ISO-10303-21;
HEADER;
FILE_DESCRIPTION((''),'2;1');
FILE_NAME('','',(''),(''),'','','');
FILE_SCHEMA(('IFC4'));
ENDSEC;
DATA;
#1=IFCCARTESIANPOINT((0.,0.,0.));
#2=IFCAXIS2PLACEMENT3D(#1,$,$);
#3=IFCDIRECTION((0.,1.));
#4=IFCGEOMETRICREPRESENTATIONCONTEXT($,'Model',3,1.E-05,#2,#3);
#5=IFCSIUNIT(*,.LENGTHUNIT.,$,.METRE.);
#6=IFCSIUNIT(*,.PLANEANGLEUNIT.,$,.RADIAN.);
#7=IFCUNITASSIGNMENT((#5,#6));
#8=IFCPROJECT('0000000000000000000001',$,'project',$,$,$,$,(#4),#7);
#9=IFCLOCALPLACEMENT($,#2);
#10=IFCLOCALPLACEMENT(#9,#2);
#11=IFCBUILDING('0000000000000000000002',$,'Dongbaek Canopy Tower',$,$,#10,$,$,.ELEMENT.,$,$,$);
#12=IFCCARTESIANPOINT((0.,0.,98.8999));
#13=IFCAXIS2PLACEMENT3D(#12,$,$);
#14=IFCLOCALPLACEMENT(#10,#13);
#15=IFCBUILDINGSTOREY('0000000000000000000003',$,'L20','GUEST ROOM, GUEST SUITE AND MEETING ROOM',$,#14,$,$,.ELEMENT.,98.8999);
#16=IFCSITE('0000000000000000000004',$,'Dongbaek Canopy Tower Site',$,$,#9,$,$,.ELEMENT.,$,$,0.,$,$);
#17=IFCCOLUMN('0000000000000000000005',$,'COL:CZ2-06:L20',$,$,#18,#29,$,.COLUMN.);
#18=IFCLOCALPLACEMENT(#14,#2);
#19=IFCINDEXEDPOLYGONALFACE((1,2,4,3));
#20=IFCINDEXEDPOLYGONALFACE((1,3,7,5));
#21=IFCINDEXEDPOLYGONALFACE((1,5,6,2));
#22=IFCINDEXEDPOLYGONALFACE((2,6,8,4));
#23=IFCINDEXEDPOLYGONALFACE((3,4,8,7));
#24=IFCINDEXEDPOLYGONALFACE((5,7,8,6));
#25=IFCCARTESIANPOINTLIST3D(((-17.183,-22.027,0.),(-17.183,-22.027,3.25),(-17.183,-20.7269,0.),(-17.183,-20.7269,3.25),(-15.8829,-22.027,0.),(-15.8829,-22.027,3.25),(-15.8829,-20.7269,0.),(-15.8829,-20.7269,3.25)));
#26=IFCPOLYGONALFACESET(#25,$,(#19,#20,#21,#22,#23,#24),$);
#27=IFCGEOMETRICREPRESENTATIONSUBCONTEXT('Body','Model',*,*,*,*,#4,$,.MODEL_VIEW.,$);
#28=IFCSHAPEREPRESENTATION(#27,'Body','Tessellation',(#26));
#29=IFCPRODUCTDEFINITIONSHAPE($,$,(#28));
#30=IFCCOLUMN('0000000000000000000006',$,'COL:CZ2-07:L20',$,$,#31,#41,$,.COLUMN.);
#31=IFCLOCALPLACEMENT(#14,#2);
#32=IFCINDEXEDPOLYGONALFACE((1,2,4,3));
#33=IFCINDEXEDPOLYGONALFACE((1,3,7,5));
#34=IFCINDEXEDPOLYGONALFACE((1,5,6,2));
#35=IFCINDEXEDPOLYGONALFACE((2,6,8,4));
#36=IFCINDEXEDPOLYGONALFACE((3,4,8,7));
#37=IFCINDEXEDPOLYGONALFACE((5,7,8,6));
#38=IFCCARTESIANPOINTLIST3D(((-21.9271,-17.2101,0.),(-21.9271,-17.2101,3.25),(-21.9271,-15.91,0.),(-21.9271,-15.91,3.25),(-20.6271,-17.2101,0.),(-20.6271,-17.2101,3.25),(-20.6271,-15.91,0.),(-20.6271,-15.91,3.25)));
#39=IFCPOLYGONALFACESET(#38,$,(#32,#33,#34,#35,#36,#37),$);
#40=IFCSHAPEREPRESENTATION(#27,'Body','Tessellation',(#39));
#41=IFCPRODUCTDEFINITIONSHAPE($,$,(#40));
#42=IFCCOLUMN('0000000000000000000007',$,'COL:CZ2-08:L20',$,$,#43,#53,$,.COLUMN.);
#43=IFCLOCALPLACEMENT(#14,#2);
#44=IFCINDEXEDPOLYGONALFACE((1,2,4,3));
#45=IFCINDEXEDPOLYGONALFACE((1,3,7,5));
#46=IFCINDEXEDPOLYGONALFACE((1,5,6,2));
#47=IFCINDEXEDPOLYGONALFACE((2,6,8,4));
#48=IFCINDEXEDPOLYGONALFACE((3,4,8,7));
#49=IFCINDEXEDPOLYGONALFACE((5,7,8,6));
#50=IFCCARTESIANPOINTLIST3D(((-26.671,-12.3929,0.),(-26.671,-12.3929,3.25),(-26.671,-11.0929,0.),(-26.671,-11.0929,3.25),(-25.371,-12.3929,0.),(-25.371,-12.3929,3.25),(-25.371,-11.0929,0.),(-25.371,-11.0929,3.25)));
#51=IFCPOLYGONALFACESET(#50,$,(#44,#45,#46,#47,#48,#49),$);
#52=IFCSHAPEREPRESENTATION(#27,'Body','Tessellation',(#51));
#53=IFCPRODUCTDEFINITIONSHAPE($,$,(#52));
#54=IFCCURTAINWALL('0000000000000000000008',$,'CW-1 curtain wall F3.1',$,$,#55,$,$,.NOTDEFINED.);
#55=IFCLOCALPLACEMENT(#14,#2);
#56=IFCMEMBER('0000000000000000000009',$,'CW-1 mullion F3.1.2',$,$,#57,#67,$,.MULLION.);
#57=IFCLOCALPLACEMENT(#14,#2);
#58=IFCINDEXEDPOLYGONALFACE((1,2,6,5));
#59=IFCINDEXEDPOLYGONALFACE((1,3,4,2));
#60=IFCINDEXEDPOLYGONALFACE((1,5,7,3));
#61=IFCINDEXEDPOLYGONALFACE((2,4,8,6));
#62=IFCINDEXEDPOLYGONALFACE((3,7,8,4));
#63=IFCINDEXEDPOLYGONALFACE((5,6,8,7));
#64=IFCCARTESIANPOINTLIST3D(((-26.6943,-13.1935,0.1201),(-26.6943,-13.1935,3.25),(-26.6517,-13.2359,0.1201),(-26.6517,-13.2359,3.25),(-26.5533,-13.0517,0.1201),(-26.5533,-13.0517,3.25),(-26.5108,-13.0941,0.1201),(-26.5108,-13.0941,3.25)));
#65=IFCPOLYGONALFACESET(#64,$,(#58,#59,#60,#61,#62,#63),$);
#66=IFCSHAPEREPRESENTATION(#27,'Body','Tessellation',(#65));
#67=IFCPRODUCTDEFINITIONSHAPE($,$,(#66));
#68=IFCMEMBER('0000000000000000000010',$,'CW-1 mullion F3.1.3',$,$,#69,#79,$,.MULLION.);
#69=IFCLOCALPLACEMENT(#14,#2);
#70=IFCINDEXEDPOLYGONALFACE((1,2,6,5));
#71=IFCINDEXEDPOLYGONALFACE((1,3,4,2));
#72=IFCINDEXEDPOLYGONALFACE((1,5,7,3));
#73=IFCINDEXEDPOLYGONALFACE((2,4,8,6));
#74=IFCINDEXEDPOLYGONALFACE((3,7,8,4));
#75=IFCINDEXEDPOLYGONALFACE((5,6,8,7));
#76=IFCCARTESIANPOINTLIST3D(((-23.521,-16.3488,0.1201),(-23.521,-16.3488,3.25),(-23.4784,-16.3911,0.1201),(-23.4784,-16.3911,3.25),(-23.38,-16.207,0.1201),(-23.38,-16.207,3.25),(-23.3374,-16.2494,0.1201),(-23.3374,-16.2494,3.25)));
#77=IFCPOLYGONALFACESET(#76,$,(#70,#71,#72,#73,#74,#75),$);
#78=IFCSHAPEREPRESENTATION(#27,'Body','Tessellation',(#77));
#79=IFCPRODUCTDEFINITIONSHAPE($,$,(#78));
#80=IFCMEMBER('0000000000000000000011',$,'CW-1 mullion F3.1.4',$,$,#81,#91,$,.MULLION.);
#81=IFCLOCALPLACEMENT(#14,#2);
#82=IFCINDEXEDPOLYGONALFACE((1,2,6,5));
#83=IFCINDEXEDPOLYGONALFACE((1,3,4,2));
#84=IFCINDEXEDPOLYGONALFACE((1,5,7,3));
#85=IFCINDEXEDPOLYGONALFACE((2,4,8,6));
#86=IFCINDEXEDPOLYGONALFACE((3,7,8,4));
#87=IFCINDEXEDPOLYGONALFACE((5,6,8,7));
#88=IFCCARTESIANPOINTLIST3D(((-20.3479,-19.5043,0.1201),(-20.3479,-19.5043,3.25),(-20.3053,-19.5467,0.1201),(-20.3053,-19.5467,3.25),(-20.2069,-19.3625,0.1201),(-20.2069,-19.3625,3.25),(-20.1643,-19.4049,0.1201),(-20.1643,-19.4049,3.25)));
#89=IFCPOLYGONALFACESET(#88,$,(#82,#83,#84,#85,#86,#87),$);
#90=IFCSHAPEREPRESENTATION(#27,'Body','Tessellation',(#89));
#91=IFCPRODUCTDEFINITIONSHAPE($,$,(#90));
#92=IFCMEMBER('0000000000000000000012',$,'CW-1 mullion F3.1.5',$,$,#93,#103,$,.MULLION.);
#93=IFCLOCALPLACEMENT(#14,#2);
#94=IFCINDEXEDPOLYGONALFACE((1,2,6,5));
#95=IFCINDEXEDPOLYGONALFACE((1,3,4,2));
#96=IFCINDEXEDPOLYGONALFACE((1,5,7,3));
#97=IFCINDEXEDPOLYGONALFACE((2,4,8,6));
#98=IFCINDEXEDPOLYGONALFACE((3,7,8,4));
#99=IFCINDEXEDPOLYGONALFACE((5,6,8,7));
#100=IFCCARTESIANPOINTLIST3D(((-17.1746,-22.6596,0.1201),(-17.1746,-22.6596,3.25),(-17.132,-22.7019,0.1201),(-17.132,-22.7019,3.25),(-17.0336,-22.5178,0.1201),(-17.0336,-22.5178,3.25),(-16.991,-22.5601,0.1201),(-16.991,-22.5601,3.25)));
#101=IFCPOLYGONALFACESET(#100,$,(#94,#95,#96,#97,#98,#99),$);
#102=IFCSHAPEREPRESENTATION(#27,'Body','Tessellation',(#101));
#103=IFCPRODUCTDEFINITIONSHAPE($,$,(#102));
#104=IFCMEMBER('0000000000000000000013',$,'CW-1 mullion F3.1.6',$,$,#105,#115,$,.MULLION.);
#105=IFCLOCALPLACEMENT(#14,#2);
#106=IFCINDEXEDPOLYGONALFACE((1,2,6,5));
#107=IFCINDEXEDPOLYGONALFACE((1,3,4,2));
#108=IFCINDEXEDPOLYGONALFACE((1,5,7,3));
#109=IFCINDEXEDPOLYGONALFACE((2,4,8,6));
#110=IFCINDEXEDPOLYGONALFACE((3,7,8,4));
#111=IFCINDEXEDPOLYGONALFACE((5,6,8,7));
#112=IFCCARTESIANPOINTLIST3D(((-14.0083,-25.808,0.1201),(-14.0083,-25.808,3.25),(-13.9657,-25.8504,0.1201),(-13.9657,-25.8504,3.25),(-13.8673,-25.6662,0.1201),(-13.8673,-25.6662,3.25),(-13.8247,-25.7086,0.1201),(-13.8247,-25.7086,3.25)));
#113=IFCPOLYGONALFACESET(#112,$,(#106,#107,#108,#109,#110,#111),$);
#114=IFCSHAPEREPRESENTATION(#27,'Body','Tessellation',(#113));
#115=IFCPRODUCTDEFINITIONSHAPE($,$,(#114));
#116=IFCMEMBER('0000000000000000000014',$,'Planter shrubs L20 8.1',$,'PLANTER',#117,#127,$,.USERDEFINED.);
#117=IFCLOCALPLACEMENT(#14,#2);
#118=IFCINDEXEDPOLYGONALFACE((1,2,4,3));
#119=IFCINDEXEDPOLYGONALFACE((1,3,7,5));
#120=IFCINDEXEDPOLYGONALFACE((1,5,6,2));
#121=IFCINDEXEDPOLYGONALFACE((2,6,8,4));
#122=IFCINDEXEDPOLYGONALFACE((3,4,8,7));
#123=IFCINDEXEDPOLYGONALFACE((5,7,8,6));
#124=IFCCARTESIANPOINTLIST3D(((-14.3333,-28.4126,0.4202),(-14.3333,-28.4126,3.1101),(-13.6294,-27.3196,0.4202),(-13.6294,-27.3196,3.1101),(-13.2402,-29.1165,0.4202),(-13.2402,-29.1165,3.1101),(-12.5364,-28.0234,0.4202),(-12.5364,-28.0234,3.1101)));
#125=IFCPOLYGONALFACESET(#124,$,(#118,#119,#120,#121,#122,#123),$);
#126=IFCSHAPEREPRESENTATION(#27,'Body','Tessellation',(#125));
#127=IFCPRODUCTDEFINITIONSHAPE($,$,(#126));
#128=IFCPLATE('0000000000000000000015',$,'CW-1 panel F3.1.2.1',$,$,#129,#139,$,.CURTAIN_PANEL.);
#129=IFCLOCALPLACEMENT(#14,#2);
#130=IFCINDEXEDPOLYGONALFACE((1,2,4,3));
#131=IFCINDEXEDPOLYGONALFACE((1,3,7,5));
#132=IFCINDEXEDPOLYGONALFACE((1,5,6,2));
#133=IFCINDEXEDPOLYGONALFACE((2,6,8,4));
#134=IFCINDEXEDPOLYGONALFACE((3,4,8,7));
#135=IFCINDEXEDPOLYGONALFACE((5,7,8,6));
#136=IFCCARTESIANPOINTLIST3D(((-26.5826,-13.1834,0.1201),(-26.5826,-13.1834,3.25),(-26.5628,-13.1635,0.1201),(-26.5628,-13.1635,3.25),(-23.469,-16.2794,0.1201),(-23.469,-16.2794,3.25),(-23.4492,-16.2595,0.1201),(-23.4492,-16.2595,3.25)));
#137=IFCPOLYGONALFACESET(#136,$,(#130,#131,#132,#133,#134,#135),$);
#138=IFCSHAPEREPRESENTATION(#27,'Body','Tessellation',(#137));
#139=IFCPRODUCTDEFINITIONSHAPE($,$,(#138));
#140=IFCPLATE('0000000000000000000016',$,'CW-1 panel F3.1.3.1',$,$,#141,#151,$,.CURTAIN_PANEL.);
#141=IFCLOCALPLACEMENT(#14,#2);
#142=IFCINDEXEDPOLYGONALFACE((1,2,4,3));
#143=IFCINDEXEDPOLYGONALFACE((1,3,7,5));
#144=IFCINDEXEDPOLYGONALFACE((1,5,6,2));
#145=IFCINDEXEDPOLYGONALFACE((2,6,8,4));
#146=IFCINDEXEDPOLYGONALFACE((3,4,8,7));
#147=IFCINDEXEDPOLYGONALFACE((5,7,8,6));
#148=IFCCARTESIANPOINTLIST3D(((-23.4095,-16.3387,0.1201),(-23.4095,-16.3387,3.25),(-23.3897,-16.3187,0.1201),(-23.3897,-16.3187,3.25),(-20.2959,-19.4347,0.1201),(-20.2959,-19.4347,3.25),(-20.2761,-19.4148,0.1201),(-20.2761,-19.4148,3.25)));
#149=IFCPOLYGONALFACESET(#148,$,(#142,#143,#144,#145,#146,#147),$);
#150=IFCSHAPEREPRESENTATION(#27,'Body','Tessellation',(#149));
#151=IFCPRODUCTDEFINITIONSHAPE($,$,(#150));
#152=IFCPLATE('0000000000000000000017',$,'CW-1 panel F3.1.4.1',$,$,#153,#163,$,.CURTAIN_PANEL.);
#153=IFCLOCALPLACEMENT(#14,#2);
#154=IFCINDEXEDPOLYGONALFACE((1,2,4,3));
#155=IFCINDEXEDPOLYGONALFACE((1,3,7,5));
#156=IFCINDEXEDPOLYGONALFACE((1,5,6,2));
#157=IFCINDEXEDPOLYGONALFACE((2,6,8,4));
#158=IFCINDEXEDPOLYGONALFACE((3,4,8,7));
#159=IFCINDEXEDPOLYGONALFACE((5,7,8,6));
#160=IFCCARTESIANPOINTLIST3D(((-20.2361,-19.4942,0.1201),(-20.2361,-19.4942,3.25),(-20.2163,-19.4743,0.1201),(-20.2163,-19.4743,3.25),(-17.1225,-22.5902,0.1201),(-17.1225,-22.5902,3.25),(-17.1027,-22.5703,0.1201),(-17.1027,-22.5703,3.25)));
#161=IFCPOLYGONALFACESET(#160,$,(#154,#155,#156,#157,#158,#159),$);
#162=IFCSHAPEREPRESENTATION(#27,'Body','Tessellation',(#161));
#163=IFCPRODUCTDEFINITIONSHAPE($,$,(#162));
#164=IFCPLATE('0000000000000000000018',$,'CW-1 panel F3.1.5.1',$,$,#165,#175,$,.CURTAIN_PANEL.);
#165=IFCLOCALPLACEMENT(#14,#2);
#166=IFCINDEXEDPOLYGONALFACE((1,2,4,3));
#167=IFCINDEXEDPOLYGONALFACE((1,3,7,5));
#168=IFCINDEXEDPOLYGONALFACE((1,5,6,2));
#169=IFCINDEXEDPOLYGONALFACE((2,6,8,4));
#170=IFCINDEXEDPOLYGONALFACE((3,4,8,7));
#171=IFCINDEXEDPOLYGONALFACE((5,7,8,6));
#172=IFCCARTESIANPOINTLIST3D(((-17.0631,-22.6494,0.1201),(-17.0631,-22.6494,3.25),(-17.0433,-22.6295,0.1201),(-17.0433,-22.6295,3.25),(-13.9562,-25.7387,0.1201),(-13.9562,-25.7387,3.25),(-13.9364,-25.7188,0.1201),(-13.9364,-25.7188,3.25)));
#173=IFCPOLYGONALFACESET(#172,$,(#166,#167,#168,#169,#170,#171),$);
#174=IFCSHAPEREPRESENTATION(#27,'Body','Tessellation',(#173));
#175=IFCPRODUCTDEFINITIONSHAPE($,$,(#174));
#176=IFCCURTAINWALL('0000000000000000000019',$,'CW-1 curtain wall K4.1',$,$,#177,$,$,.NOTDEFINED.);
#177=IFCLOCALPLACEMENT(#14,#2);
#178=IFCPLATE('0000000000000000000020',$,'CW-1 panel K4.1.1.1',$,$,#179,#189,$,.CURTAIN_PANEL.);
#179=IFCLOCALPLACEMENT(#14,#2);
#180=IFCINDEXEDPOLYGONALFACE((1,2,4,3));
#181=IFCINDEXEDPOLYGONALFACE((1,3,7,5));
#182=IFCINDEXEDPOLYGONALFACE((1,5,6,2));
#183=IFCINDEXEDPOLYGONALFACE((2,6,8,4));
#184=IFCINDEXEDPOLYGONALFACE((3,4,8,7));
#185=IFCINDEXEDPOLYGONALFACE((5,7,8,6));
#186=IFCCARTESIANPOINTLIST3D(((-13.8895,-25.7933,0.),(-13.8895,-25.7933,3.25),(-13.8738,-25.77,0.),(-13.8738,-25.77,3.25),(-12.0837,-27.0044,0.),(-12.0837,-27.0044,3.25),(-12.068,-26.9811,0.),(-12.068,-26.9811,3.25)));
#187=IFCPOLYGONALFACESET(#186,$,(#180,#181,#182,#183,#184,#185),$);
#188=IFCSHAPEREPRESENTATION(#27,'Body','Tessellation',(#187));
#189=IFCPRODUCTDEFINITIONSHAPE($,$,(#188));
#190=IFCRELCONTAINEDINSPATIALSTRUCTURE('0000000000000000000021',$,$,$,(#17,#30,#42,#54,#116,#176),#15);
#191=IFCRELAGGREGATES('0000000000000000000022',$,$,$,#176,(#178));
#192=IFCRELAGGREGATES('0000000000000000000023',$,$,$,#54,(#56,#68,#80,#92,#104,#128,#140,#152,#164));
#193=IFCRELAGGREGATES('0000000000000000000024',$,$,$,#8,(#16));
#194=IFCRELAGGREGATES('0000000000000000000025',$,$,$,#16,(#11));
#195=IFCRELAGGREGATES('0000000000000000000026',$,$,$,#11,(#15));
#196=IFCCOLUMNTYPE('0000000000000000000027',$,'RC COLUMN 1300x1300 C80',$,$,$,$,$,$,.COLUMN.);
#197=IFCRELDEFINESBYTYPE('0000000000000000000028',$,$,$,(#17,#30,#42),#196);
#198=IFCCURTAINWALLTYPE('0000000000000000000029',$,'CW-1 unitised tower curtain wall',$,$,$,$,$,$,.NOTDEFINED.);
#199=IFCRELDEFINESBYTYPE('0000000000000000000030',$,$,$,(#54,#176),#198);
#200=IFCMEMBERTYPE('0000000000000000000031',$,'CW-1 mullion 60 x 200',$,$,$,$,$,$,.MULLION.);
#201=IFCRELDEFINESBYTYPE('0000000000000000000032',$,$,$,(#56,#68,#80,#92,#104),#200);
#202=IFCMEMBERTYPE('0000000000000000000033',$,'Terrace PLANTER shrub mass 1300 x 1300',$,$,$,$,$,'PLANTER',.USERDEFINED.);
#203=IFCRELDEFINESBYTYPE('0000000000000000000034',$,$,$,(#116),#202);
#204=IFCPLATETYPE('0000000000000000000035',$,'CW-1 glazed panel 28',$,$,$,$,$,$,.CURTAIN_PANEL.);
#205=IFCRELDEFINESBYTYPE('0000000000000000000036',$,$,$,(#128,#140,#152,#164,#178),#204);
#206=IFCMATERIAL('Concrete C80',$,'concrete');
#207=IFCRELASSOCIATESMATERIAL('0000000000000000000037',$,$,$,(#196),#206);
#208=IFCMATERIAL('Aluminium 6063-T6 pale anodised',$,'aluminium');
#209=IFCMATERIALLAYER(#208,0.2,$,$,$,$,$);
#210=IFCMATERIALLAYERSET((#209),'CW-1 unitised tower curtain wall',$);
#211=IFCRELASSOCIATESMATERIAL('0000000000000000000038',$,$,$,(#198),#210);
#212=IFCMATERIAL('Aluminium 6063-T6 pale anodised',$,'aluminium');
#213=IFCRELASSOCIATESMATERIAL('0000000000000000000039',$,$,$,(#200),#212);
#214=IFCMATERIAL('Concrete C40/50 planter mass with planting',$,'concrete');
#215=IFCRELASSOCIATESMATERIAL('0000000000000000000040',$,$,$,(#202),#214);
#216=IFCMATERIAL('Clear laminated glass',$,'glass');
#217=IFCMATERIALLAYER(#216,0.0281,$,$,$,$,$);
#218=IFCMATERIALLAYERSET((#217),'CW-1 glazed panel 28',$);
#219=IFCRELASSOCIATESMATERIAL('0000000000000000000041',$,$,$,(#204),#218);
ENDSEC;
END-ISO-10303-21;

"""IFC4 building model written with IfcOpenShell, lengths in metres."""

from ifc_helpers import new_model, si_unit, direction, frame, origin, origin_2d, place, context, subcontext, project, spatial, rectangle, extrude, material, layer, layer_set, material_profile, profile_set, type_object, element, aggregate, save


model = new_model("IFC4")

# Units and contexts
model_context = context("Model", 3, precision=1e-05, world=origin(), true_north=direction((0.0, 1.0)))
body_context = subcontext(model_context, "Body", "Model", "MODEL_VIEW")
ifc_project = project(units=[si_unit("LENGTHUNIT", "METRE"), si_unit("PLANEANGLEUNIT", "RADIAN")], contexts=[model_context])

# Site, building, storey
site_placement = place(None, origin())
site = spatial("IfcSite", under=ifc_project, at=site_placement, Name="Dongbaek Canopy Tower Site", CompositionType="ELEMENT", RefElevation=0.0)
building_placement = place(site_placement, origin())
building = spatial("IfcBuilding", under=site, at=building_placement, Name="Dongbaek Canopy Tower", CompositionType="ELEMENT")
storey_placement = place(building_placement, frame((0.0, 0.0, 98.8999)))
storey = spatial("IfcBuildingStorey", under=building, at=storey_placement, Name="L20", Description="GUEST ROOM, GUEST SUITE AND MEETING ROOM", CompositionType="ELEMENT", Elevation=98.8999)

# Columns
ifc_material_1 = material(Name="Concrete C80", Category="concrete")
ifc_material_profile_1 = material_profile(ifc_material_1, rectangle(XDim=1.3, YDim=1.3, at=origin_2d()), Name="RC COLUMN 1300x1300 C80")
ifc_profile_set_1 = profile_set([ifc_material_profile_1], Name="Concrete C80")
column_type = type_object("IfcColumnType", Name="RC COLUMN 1300x1300 C80", PredefinedType="COLUMN", material=ifc_profile_set_1)
for number, where, z_axis, x_axis, name in (
    (1, (-16.533, -21.377, 0.0), (0.0, 0.0, 1.0), (1.0, 0.0, 0.0), "COL:CZ2-06:L20"),
    (2, (-21.2771, -16.5601, 0.0), (0.0, 0.0, 1.0), (1.0, 0.0, 0.0), "COL:CZ2-07:L20"),
    (3, (-26.021, -11.7429, 0.0), (0.0, 0.0, 1.0), (1.0, 0.0, 0.0), "COL:CZ2-08:L20"),
):
    element("IfcColumn", number, at=place(storey_placement, frame(where, z_axis=z_axis, x_axis=x_axis)), inside=storey, type_object=column_type, Name=name, PredefinedType="COLUMN", context=body_context, shape_type="SweptSolid", body=[
        extrude(rectangle(XDim=1.3, YDim=1.3, at=origin_2d()), origin(), (0.0, 0.0, 1.0), 3.25),
    ])

# Curtain wall, members
ifc_material_2 = material(Name="Aluminium 6063-T6 pale anodised", Category="aluminium")
ifc_layer_1 = layer(ifc_material_2, 0.2)
ifc_layer_set_1 = layer_set([ifc_layer_1], Name="CW-1 unitised tower curtain wall")
curtain_wall_type = type_object("IfcCurtainWallType", Name="CW-1 unitised tower curtain wall", PredefinedType="NOTDEFINED", material=ifc_layer_set_1)
curtain_wall_1_placement = place(storey_placement, origin())
curtain_wall_1 = element("IfcCurtainWall", 4, at=curtain_wall_1_placement, inside=storey, type_object=curtain_wall_type, Name="CW-1 curtain wall F3.1", PredefinedType="NOTDEFINED")
ifc_material_3 = material(Name="Aluminium 6063-T6 pale anodised", Category="aluminium")
ifc_material_profile_2 = material_profile(ifc_material_3, rectangle(XDim=0.2, YDim=0.0601, at=origin_2d()), Name="CW-1 mullion 60 x 200")
ifc_profile_set_2 = profile_set([ifc_material_profile_2], Name="Aluminium 6063-T6 pale anodised")
member_type_1 = type_object("IfcMemberType", Name="CW-1 mullion 60 x 200", PredefinedType="MULLION", material=ifc_profile_set_2)
member_1_placement = place(storey_placement, frame((-26.6025, -13.1438, 0.1201), z_axis=(0.0, 0.0, 1.0), x_axis=(-0.705105, -0.709103, 0.0)))
member_1 = element("IfcMember", 5, at=member_1_placement, type_object=member_type_1, Name="CW-1 mullion F3.1.2", PredefinedType="MULLION", context=body_context, shape_type="SweptSolid", body=[
    extrude(rectangle(XDim=0.2, YDim=0.0601, at=origin_2d()), origin(), (0.0, 0.0, 1.0), 3.1299),
])
member_2_placement = place(storey_placement, frame((-23.4292, -16.2991, 0.1201), z_axis=(0.0, 0.0, 1.0), x_axis=(-0.705105, -0.709103, 0.0)))
member_2 = element("IfcMember", 6, at=member_2_placement, type_object=member_type_1, Name="CW-1 mullion F3.1.3", PredefinedType="MULLION", context=body_context, shape_type="SweptSolid", body=[
    extrude(rectangle(XDim=0.2, YDim=0.0601, at=origin_2d()), origin(), (0.0, 0.0, 1.0), 3.1299),
])
member_3_placement = place(storey_placement, frame((-20.2561, -19.4546, 0.1201), z_axis=(0.0, 0.0, 1.0), x_axis=(-0.705105, -0.709103, 0.0)))
member_3 = element("IfcMember", 7, at=member_3_placement, type_object=member_type_1, Name="CW-1 mullion F3.1.4", PredefinedType="MULLION", context=body_context, shape_type="SweptSolid", body=[
    extrude(rectangle(XDim=0.2, YDim=0.0601, at=origin_2d()), origin(), (0.0, 0.0, 1.0), 3.1299),
])
member_4_placement = place(storey_placement, frame((-17.0828, -22.6099, 0.1201), z_axis=(0.0, 0.0, 1.0), x_axis=(-0.705105, -0.709103, 0.0)))
member_4 = element("IfcMember", 8, at=member_4_placement, type_object=member_type_1, Name="CW-1 mullion F3.1.5", PredefinedType="MULLION", context=body_context, shape_type="SweptSolid", body=[
    extrude(rectangle(XDim=0.2, YDim=0.0601, at=origin_2d()), origin(), (0.0, 0.0, 1.0), 3.1299),
])
member_5_placement = place(storey_placement, frame((-13.9165, -25.7583, 0.1201), z_axis=(0.0, 0.0, 1.0), x_axis=(-0.705105, -0.709103, 0.0)))
member_5 = element("IfcMember", 9, at=member_5_placement, type_object=member_type_1, Name="CW-1 mullion F3.1.6", PredefinedType="MULLION", context=body_context, shape_type="SweptSolid", body=[
    extrude(rectangle(XDim=0.2, YDim=0.0601, at=origin_2d()), origin(), (0.0, 0.0, 1.0), 3.1299),
])

# Member
ifc_material_4 = material(Name="Concrete C40/50 planter mass with planting", Category="concrete")
ifc_material_profile_3 = material_profile(ifc_material_4, rectangle(XDim=1.3, YDim=1.3, at=origin_2d()), Name="Terrace PLANTER shrub mass 1300 x 1300")
ifc_profile_set_3 = profile_set([ifc_material_profile_3], Name="Concrete C40/50 planter mass with planting")
member_type_2 = type_object("IfcMemberType", Name="Terrace PLANTER shrub mass 1300 x 1300", ElementType="PLANTER", PredefinedType="USERDEFINED", material=ifc_profile_set_3)
member_6_placement = place(storey_placement, frame((-13.4348, -28.218, 0.4202), z_axis=(0.0, 0.0, 1.0), x_axis=(-0.541409, -0.840759, 0.0)))
element("IfcMember", 10, at=member_6_placement, inside=storey, type_object=member_type_2, Name="Planter shrubs L20 8.1", ObjectType="PLANTER", PredefinedType="USERDEFINED", context=body_context, shape_type="SweptSolid", body=[
    extrude(rectangle(XDim=1.3, YDim=1.3, at=origin_2d()), origin(), (0.0, 0.0, 1.0), 2.6899),
])

# Plates
ifc_material_5 = material(Name="Clear laminated glass", Category="glass")
ifc_layer_2 = layer(ifc_material_5, 0.0281)
ifc_layer_set_2 = layer_set([ifc_layer_2], Name="CW-1 glazed panel 28")
plate_type = type_object("IfcPlateType", Name="CW-1 glazed panel 28", PredefinedType="CURTAIN_PANEL", material=ifc_layer_set_2)
plate_1_placement = place(storey_placement, frame((-25.0159, -14.7214, 0.1201), z_axis=(0.0, 0.0, 1.0), x_axis=(0.709103, -0.705105, 0.0)))
plate_1 = element("IfcPlate", 11, at=plate_1_placement, type_object=plate_type, Name="CW-1 panel F3.1.2.1", PredefinedType="CURTAIN_PANEL", context=body_context, shape_type="SweptSolid", body=[
    extrude(rectangle(XDim=4.3909, YDim=0.0281, at=origin_2d()), origin(), (0.0, 0.0, 1.0), 3.1299),
])
plate_2_placement = place(storey_placement, frame((-21.8428, -17.8767, 0.1201), z_axis=(0.0, 0.0, 1.0), x_axis=(0.709103, -0.705105, 0.0)))
plate_2 = element("IfcPlate", 12, at=plate_2_placement, type_object=plate_type, Name="CW-1 panel F3.1.3.1", PredefinedType="CURTAIN_PANEL", context=body_context, shape_type="SweptSolid", body=[
    extrude(rectangle(XDim=4.3909, YDim=0.0281, at=origin_2d()), origin(), (0.0, 0.0, 1.0), 3.1299),
])
plate_3_placement = place(storey_placement, frame((-18.6694, -21.0322, 0.1201), z_axis=(0.0, 0.0, 1.0), x_axis=(0.709103, -0.705105, 0.0)))
plate_3 = element("IfcPlate", 13, at=plate_3_placement, type_object=plate_type, Name="CW-1 panel F3.1.4.1", PredefinedType="CURTAIN_PANEL", context=body_context, shape_type="SweptSolid", body=[
    extrude(rectangle(XDim=4.3909, YDim=0.0281, at=origin_2d()), origin(), (0.0, 0.0, 1.0), 3.1299),
])
plate_4_placement = place(storey_placement, frame((-15.4998, -24.1841, 0.1201), z_axis=(0.0, 0.0, 1.0), x_axis=(0.709103, -0.705105, 0.0)))
plate_4 = element("IfcPlate", 14, at=plate_4_placement, type_object=plate_type, Name="CW-1 panel F3.1.5.1", PredefinedType="CURTAIN_PANEL", context=body_context, shape_type="SweptSolid", body=[
    extrude(rectangle(XDim=4.3813, YDim=0.0281, at=origin_2d()), origin(), (0.0, 0.0, 1.0), 3.1299),
])

# Curtain wall, plate
curtain_wall_2_placement = place(storey_placement, origin())
curtain_wall_2 = element("IfcCurtainWall", 15, at=curtain_wall_2_placement, inside=storey, type_object=curtain_wall_type, Name="CW-1 curtain wall K4.1", PredefinedType="NOTDEFINED")
plate_5_placement = place(storey_placement, frame((-12.9788, -26.3872, 0.0), z_axis=(0.0, 0.0, 1.0), x_axis=(0.830505, -0.55701, 0.0)))
plate_5 = element("IfcPlate", 16, at=plate_5_placement, type_object=plate_type, Name="CW-1 panel K4.1.1.1", PredefinedType="CURTAIN_PANEL", context=body_context, shape_type="SweptSolid", body=[
    extrude(rectangle(XDim=2.1743, YDim=0.0281, at=origin_2d()), origin(), (0.0, 0.0, 1.0), 3.25),
])
aggregate(curtain_wall_2, [plate_5])

aggregate(curtain_wall_1, [member_1, member_2, member_3, member_4, member_5, plate_1, plate_2, plate_3, plate_4])

save(model, "model.ifc")
